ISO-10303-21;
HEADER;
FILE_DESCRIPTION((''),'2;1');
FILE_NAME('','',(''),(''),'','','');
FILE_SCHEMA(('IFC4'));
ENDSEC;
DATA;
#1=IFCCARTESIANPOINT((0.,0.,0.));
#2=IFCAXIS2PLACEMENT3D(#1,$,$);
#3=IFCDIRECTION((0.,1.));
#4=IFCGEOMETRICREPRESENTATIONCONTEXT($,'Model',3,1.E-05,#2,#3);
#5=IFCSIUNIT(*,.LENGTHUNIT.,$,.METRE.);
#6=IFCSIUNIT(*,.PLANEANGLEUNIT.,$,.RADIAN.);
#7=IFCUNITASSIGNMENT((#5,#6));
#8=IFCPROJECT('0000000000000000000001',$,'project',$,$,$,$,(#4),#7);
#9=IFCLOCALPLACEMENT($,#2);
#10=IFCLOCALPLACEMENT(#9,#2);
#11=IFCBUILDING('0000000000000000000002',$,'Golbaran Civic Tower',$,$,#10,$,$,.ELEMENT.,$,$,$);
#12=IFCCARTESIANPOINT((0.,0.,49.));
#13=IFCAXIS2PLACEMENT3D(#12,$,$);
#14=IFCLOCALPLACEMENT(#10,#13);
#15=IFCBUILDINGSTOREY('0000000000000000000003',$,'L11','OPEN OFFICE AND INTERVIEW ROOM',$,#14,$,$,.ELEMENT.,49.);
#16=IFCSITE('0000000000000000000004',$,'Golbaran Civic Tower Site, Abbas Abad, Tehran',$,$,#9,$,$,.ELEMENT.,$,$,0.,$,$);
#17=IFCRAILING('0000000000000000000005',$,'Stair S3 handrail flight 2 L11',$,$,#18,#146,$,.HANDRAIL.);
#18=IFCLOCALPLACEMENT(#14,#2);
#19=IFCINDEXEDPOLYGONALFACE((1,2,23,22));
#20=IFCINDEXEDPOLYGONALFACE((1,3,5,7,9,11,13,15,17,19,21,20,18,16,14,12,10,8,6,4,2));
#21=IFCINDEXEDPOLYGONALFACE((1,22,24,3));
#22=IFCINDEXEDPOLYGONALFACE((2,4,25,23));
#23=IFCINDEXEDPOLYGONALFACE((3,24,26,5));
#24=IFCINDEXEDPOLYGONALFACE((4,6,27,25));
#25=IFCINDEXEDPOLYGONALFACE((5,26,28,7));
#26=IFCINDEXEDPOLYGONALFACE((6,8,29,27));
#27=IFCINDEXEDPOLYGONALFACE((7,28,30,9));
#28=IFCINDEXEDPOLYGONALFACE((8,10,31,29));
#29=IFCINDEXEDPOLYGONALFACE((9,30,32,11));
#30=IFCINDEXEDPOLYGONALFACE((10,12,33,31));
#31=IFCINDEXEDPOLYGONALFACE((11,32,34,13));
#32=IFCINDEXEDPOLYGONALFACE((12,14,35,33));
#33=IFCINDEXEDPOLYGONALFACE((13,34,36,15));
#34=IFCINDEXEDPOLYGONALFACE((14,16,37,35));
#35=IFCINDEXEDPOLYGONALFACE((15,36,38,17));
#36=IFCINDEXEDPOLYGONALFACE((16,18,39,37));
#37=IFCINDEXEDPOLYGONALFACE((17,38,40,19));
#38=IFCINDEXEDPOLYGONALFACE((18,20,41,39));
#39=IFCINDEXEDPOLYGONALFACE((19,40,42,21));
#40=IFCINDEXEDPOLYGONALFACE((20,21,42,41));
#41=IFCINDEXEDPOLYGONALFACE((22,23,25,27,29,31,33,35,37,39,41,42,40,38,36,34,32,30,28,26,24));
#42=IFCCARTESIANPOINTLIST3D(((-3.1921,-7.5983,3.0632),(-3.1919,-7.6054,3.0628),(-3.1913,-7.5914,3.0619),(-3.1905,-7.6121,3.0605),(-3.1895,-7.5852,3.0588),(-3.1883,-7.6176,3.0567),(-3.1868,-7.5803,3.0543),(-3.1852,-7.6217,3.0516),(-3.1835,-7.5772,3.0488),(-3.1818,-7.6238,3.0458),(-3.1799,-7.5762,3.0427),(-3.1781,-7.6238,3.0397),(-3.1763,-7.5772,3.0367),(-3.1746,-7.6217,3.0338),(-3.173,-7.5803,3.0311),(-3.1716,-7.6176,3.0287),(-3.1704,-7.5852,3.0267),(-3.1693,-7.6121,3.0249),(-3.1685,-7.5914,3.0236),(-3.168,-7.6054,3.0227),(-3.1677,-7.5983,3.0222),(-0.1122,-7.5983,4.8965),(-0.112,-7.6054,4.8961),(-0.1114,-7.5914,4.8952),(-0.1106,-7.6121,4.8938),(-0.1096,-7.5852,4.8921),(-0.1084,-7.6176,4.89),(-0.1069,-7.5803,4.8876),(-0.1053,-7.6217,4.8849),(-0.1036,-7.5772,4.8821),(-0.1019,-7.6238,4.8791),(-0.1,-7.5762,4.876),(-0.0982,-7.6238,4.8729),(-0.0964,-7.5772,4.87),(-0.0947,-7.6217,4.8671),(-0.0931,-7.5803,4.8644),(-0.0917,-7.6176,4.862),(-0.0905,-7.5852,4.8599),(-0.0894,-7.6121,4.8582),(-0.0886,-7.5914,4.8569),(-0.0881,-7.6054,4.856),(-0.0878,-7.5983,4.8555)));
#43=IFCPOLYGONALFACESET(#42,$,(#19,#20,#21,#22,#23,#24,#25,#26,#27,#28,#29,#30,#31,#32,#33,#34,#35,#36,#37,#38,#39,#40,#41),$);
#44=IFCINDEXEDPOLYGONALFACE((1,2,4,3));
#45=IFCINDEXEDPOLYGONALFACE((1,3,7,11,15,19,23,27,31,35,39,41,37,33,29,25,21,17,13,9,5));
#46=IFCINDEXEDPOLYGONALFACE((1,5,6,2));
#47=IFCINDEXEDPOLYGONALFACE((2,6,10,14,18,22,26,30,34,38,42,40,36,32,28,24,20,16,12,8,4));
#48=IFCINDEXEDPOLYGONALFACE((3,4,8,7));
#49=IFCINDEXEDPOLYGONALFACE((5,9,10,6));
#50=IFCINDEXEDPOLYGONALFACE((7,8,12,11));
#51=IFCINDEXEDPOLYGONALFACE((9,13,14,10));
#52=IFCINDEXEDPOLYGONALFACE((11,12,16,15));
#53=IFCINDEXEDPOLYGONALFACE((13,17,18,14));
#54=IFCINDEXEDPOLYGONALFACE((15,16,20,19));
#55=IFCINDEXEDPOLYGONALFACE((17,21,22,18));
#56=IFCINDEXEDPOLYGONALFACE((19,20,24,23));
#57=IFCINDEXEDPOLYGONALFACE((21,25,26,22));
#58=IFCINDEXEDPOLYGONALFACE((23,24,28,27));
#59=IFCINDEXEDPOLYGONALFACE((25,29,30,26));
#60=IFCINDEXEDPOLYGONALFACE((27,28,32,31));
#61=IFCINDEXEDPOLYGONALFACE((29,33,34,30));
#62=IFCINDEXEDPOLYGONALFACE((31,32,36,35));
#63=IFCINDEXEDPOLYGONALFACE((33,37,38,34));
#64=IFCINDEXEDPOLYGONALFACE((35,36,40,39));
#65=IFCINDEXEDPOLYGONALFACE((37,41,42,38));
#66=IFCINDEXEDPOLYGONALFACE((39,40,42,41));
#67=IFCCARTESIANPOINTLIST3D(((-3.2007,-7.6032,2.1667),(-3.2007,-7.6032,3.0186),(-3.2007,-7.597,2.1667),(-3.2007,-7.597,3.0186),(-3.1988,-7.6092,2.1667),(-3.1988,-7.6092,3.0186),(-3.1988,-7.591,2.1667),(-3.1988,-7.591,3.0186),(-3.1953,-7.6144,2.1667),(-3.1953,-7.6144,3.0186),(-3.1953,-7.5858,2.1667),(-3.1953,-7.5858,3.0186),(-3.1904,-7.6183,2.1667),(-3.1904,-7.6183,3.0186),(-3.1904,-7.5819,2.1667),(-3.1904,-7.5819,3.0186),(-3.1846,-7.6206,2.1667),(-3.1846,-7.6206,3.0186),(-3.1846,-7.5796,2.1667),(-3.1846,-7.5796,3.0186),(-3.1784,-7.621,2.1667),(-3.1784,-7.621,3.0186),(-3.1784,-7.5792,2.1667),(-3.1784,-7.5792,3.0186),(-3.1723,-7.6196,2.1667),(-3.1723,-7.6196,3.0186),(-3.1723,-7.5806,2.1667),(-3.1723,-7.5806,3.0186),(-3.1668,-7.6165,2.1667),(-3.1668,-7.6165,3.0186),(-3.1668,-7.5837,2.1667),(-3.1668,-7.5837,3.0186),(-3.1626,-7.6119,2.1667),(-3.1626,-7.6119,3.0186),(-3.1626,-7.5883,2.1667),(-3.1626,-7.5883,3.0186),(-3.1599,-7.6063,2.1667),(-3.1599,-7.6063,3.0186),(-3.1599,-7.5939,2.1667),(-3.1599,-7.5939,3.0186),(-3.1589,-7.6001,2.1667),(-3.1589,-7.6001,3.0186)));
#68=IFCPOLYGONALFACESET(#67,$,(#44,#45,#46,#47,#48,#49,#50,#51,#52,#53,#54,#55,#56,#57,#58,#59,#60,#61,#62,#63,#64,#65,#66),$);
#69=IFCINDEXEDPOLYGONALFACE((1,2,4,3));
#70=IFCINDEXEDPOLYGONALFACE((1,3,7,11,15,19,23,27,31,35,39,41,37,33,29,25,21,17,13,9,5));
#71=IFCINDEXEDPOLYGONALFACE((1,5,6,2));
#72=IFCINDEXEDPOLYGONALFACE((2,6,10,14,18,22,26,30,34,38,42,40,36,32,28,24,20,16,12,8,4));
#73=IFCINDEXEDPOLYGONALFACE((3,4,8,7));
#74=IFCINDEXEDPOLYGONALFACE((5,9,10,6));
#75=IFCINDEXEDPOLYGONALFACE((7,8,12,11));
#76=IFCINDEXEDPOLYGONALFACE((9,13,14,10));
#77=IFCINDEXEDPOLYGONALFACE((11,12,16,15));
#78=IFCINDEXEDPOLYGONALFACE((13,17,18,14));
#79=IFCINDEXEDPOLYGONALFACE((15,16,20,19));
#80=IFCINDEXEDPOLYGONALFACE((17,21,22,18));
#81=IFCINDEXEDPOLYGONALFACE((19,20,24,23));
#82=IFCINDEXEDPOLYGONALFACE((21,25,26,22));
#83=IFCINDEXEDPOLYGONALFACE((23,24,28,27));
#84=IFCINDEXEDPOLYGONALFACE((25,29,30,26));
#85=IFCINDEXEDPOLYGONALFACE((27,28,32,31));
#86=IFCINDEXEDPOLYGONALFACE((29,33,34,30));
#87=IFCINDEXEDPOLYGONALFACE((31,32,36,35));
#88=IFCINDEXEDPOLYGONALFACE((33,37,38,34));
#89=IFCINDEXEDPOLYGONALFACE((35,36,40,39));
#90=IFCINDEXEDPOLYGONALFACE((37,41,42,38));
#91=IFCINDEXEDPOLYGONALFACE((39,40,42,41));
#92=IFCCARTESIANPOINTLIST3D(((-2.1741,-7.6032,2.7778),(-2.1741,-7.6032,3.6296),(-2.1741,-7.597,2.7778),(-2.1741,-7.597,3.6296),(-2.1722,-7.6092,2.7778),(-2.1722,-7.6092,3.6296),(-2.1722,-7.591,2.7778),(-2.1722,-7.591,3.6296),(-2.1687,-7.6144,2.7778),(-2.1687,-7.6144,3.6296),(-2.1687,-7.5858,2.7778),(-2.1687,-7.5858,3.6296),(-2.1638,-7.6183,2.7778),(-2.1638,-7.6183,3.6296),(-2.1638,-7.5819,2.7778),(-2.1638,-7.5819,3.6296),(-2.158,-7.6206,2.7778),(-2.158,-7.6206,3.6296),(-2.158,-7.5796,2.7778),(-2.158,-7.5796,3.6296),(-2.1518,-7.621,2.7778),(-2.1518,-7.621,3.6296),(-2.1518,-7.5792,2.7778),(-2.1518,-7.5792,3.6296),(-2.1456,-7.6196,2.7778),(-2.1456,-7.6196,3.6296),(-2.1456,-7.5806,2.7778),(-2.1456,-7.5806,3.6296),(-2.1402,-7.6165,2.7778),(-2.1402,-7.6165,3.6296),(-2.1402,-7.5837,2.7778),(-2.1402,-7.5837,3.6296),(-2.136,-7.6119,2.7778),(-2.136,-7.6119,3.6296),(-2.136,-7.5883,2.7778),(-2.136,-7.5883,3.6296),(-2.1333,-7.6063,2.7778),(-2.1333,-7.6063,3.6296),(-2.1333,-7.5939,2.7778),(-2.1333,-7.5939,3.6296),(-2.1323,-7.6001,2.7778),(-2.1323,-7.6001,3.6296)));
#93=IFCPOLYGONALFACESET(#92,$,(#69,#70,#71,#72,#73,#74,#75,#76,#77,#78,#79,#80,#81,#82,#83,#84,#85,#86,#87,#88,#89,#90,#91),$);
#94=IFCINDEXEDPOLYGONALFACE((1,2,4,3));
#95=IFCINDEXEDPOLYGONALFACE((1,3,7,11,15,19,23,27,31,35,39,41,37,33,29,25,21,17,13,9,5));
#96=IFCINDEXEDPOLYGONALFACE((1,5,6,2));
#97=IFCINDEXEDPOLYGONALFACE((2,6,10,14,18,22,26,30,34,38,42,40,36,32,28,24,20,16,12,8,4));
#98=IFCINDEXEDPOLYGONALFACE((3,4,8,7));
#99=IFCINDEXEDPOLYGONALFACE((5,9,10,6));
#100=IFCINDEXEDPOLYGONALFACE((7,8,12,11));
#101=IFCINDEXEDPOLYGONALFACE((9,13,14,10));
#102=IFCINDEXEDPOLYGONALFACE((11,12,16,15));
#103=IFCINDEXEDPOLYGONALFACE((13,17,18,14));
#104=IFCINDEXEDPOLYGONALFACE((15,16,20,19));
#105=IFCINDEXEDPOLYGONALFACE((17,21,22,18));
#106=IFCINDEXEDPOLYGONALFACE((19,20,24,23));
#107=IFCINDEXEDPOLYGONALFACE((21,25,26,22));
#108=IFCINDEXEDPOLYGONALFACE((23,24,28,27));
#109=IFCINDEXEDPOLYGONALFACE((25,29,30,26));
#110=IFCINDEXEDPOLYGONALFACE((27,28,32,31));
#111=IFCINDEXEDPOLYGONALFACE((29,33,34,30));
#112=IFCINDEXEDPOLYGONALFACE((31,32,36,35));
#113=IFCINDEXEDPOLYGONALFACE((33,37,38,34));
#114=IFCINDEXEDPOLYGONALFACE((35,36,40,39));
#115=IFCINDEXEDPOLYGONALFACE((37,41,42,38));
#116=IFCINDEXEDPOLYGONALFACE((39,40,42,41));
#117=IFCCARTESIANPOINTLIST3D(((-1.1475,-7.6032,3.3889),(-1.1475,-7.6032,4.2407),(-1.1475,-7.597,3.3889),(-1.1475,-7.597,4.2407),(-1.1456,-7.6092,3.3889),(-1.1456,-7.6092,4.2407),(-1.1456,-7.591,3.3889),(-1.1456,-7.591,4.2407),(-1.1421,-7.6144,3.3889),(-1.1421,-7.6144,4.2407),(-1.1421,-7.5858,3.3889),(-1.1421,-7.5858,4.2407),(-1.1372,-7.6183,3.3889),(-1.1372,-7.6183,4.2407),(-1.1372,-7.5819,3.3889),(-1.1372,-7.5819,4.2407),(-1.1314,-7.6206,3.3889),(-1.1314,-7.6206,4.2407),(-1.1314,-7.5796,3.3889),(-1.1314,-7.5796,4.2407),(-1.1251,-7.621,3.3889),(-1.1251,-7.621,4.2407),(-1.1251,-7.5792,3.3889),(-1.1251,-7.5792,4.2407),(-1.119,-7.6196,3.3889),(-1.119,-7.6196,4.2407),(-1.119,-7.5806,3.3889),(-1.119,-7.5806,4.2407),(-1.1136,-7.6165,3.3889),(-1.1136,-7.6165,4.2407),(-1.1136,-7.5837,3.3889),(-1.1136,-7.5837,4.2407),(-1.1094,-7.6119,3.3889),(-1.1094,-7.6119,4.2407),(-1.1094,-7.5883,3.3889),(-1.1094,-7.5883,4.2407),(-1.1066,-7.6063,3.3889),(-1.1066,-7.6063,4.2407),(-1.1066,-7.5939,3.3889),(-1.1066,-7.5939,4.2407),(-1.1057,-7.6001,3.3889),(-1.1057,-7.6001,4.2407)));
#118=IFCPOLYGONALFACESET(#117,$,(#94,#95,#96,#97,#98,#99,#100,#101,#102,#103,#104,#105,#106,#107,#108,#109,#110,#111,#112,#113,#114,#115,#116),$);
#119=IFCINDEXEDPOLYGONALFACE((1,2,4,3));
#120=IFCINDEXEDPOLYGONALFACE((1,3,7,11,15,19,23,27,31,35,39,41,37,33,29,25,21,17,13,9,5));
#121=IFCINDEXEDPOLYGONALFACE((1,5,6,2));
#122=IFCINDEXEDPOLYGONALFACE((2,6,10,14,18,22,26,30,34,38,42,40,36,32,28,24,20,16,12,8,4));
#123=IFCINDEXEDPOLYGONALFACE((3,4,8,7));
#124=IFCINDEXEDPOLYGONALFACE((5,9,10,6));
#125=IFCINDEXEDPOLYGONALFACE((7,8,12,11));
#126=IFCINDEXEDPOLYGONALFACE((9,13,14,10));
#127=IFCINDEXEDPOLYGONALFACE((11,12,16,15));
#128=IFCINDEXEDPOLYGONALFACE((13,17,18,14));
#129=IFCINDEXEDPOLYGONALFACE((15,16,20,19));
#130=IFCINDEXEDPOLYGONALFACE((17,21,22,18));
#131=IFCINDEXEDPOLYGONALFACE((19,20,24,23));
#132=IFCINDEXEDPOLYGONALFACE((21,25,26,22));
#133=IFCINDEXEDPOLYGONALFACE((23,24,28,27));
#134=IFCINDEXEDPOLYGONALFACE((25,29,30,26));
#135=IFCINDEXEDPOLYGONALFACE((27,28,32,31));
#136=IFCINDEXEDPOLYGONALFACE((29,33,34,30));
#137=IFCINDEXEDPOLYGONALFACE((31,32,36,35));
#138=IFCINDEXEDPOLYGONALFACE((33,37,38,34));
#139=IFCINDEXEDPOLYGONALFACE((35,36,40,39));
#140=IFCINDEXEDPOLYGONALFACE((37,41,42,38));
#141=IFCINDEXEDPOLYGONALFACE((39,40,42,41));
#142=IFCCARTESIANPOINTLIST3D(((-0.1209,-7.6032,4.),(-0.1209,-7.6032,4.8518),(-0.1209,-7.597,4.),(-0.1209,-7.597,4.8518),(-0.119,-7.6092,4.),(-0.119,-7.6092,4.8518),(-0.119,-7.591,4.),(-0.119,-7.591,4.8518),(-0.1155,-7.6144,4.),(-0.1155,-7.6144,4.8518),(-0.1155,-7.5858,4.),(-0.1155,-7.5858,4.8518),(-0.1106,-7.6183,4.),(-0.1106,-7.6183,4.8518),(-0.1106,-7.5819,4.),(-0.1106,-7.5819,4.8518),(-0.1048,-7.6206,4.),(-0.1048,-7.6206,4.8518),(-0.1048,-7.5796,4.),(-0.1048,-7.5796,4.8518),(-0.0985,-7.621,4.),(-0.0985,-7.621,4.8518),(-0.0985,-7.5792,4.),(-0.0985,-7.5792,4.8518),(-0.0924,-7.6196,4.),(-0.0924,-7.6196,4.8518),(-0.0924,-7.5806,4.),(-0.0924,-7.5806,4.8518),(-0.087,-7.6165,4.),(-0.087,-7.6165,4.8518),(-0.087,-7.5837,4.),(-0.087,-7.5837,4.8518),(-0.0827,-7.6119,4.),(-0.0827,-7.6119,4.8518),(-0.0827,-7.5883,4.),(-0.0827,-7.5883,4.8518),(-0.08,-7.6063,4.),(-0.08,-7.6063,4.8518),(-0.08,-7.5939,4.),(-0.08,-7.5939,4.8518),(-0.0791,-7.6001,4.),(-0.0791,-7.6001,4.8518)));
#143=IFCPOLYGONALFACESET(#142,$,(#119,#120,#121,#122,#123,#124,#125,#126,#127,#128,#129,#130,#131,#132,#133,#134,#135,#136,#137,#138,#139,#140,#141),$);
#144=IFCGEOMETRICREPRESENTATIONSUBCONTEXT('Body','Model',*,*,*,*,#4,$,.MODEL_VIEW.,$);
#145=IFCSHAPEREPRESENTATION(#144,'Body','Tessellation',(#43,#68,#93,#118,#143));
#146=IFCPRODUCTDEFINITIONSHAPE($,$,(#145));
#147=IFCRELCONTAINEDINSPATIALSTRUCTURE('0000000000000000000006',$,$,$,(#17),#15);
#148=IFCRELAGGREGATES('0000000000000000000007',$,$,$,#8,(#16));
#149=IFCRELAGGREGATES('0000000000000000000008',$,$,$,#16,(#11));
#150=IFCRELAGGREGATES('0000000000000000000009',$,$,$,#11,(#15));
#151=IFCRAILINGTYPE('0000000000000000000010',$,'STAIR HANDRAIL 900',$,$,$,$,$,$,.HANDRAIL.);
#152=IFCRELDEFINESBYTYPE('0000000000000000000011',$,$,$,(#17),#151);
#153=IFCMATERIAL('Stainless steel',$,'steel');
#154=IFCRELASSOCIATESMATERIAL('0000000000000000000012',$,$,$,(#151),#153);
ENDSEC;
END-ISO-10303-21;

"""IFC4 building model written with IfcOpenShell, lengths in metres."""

from ifc_helpers import new_model, si_unit, direction, frame, origin, origin_2d, place, context, subcontext, project, spatial, circle, extrude, material, type_object, element, save


model = new_model("IFC4")

# Units and contexts
model_context = context("Model", 3, precision=1e-05, world=origin(), true_north=direction((0.0, 1.0)))
body_context = subcontext(model_context, "Body", "Model", "MODEL_VIEW")
ifc_project = project(units=[si_unit("LENGTHUNIT", "METRE"), si_unit("PLANEANGLEUNIT", "RADIAN")], contexts=[model_context])

# Site, building, storey
site_placement = place(None, origin())
site = spatial("IfcSite", under=ifc_project, at=site_placement, Name="Golbaran Civic Tower Site, Abbas Abad, Tehran", CompositionType="ELEMENT", RefElevation=0.0)
building_placement = place(site_placement, origin())
building = spatial("IfcBuilding", under=site, at=building_placement, Name="Golbaran Civic Tower", CompositionType="ELEMENT")
storey_placement = place(building_placement, frame((0.0, 0.0, 49.0)))
storey = spatial("IfcBuildingStorey", under=building, at=storey_placement, Name="L11", Description="OPEN OFFICE AND INTERVIEW ROOM", CompositionType="ELEMENT", Elevation=49.0)

# Shared definitions
ifc_material_1 = material(Name="Stainless steel", Category="steel")

# Railing
railing_type = type_object("IfcRailingType", Name="STAIR HANDRAIL 900", PredefinedType="HANDRAIL", material=ifc_material_1)
railing_1_placement = place(storey_placement, frame((-3.1799, -7.6001, 2.1667)))
element("IfcRailing", 1, at=railing_1_placement, inside=storey, type_object=railing_type, Name="Stair S3 handrail flight 2 L11", PredefinedType="HANDRAIL", context=body_context, shape_type="SweptSolid", body=[
    extrude(circle(Radius=0.0239, at=origin_2d()), frame((0.0, 0.0, 0.876), z_axis=(0.859291, 0.0, 0.511487), x_axis=(0.0, 1.0, 0.0)), (0.0, 0.0, 1.0), 3.5842),
    extrude(circle(Radius=0.021, at=origin_2d()), origin(), (0.0, 0.0, 1.0), 0.8518),
    extrude(circle(Radius=0.021, at=origin_2d()), frame((1.0266, 0.0, 0.6111)), (0.0, 0.0, 1.0), 0.8518),
    extrude(circle(Radius=0.021, at=origin_2d()), frame((2.0532, 0.0, 1.2222)), (0.0, 0.0, 1.0), 0.8518),
    extrude(circle(Radius=0.021, at=origin_2d()), frame((3.0798, 0.0, 1.8333)), (0.0, 0.0, 1.0), 0.8518),
])

save(model, "model.ifc")
